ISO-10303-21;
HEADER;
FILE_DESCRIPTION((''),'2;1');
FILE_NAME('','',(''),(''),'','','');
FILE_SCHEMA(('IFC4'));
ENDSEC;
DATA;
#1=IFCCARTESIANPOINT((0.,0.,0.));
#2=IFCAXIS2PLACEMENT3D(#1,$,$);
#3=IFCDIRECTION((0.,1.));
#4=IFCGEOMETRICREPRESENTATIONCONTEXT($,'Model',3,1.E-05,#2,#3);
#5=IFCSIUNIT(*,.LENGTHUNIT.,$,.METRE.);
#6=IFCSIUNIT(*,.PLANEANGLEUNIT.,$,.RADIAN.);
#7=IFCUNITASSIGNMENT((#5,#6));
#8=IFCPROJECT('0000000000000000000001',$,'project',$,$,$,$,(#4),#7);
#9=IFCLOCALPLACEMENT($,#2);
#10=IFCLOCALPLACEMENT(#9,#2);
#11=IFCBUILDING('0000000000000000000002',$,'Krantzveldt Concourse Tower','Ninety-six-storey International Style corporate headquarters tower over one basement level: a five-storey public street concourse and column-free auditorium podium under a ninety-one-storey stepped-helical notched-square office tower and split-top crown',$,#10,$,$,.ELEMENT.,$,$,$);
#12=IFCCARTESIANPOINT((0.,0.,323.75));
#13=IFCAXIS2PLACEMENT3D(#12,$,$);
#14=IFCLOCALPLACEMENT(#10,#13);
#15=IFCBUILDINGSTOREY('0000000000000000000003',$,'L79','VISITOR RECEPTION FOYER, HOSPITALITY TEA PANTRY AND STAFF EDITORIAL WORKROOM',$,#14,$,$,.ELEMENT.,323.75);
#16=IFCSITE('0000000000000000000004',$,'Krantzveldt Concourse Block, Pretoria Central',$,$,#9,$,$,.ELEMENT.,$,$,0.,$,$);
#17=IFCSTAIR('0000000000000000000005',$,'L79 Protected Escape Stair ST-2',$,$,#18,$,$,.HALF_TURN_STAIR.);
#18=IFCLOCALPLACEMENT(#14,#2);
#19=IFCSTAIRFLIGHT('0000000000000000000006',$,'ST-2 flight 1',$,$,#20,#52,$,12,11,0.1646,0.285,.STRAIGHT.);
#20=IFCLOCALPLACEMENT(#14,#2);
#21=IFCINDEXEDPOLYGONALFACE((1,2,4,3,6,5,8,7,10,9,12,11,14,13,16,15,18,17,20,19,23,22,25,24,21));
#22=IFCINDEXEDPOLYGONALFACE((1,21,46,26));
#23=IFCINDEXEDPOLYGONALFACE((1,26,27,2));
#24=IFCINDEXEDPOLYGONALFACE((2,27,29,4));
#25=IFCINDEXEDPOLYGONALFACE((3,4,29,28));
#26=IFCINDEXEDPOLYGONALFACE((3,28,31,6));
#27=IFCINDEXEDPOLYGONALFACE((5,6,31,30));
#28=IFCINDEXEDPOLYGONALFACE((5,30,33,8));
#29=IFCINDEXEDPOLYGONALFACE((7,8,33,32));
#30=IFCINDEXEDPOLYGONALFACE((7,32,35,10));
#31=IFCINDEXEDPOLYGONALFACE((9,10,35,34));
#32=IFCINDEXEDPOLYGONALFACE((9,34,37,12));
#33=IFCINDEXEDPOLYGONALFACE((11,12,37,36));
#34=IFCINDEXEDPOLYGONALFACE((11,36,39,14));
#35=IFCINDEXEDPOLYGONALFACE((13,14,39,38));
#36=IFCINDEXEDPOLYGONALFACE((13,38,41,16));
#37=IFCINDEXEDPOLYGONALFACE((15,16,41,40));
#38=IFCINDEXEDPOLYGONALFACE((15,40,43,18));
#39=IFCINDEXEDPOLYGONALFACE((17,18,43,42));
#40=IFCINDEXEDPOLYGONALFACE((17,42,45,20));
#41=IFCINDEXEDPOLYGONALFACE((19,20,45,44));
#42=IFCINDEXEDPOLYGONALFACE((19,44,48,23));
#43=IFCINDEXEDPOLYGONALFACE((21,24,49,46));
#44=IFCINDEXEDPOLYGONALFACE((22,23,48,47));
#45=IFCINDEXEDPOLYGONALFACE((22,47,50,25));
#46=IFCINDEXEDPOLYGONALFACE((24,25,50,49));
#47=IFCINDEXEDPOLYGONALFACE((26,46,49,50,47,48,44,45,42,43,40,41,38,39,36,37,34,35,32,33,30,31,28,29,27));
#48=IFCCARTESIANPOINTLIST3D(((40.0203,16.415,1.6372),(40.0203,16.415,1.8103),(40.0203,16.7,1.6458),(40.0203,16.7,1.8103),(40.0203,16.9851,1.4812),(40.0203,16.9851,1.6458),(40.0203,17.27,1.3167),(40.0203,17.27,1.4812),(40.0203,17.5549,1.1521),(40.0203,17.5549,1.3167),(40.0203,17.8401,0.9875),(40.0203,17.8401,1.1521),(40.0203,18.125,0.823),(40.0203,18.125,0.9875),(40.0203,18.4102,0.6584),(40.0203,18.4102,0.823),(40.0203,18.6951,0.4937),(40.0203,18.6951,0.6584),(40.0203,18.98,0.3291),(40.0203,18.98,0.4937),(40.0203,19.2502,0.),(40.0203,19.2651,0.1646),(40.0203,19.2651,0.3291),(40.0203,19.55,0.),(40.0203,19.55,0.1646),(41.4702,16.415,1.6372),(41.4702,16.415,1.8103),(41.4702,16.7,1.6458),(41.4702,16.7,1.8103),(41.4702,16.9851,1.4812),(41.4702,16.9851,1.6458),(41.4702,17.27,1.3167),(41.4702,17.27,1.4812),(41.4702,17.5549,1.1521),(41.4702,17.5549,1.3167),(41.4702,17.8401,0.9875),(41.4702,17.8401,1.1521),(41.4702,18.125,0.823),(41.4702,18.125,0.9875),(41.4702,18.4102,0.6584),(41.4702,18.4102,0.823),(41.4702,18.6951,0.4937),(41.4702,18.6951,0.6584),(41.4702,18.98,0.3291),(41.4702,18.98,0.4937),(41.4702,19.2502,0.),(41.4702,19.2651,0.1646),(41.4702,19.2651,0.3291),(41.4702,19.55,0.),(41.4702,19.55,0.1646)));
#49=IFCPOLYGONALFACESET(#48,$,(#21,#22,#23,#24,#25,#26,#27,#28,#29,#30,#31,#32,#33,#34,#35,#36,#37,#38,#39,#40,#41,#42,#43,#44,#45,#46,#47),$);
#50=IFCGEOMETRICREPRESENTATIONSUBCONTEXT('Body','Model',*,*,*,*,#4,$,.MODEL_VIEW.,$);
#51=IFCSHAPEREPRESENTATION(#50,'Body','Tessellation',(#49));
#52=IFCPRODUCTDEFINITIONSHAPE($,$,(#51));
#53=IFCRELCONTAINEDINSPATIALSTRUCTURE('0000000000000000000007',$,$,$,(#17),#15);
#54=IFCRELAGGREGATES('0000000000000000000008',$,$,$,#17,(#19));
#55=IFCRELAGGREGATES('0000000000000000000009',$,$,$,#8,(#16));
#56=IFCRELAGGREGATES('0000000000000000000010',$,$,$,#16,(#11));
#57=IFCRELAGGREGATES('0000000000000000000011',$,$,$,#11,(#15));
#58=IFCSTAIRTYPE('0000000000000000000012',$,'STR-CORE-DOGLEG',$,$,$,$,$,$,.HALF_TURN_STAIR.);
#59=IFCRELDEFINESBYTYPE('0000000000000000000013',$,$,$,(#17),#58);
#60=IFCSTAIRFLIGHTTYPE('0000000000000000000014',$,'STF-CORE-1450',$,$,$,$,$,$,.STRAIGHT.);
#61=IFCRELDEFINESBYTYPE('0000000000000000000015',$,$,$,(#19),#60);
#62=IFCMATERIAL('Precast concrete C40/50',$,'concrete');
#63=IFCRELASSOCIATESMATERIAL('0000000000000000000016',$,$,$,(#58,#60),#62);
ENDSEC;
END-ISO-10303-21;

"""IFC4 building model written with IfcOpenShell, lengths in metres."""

from ifc_helpers import new_model, si_unit, direction, frame, origin, place, context, subcontext, project, spatial, polyline, outline, extrude, material, type_object, element, aggregate, save


model = new_model("IFC4")

# Units and contexts
model_context = context("Model", 3, precision=1e-05, world=origin(), true_north=direction((0.0, 1.0)))
body_context = subcontext(model_context, "Body", "Model", "MODEL_VIEW")
ifc_project = project(units=[si_unit("LENGTHUNIT", "METRE"), si_unit("PLANEANGLEUNIT", "RADIAN")], contexts=[model_context])

# Site, building, storey
site_placement = place(None, origin())
site = spatial("IfcSite", under=ifc_project, at=site_placement, Name="Krantzveldt Concourse Block, Pretoria Central", CompositionType="ELEMENT", RefElevation=0.0)
building_placement = place(site_placement, origin())
building = spatial("IfcBuilding", under=site, at=building_placement, Name="Krantzveldt Concourse Tower", Description="Ninety-six-storey International Style corporate headquarters tower over one basement level: a five-storey public street concourse and column-free auditorium podium under a ninety-one-storey stepped-helical notched-square office tower and split-top crown", CompositionType="ELEMENT")
storey_placement = place(building_placement, frame((0.0, 0.0, 323.75)))
storey = spatial("IfcBuildingStorey", under=building, at=storey_placement, Name="L79", Description="VISITOR RECEPTION FOYER, HOSPITALITY TEA PANTRY AND STAFF EDITORIAL WORKROOM", CompositionType="ELEMENT", Elevation=323.75)

# Stair, stair flight
ifc_material_1 = material(Name="Precast concrete C40/50", Category="concrete")
stair_type = type_object("IfcStairType", Name="STR-CORE-DOGLEG", PredefinedType="HALF_TURN_STAIR", material=ifc_material_1)
stair_placement = place(storey_placement, origin())
stair = element("IfcStair", 1, at=stair_placement, inside=storey, type_object=stair_type, Name="L79 Protected Escape Stair ST-2", PredefinedType="HALF_TURN_STAIR")
stair_flight_type = type_object("IfcStairFlightType", Name="STF-CORE-1450", PredefinedType="STRAIGHT", material=ifc_material_1)
stair_flight_placement = place(storey_placement, frame((40.7451, 19.55, 0.0), z_axis=(0.0, 0.0, 1.0), x_axis=(0.0, -1.0, 0.0)))
stair_flight = element("IfcStairFlight", 2, at=stair_flight_placement, type_object=stair_flight_type, Name="ST-2 flight 1", NumberOfRisers=12, NumberOfTreads=11, PredefinedType="STRAIGHT", RiserHeight=0.1646, TreadLength=0.285, context=body_context, shape_type="SweptSolid", body=[
    extrude(outline(polyline([(0.0, 0.0), (0.0, 0.1646), (0.2849, 0.1646), (0.2849, 0.3291), (0.5701, 0.3291), (0.5701, 0.4937), (0.855, 0.4937), (0.855, 0.6584), (1.1399, 0.6584), (1.1399, 0.823), (1.425, 0.823), (1.425, 0.9875), (1.71, 0.9875), (1.71, 1.1521), (1.9951, 1.1521), (1.9951, 1.3167), (2.28, 1.3167), (2.28, 1.4812), (2.5649, 1.4812), (2.5649, 1.6458), (2.8501, 1.6458), (2.8501, 1.8103), (3.135, 1.8103), (3.135, 1.9751), (3.135, 1.6372), (0.2998, 0.0), (0.0, 0.0)])), frame((0.0, 0.7251, 0.0), z_axis=(0.0, -1.0, 0.0), x_axis=(1.0, 0.0, 0.0)), (0.0, 0.0, 1.0), 1.45),
])
aggregate(stair, [stair_flight])

save(model, "model.ifc")
